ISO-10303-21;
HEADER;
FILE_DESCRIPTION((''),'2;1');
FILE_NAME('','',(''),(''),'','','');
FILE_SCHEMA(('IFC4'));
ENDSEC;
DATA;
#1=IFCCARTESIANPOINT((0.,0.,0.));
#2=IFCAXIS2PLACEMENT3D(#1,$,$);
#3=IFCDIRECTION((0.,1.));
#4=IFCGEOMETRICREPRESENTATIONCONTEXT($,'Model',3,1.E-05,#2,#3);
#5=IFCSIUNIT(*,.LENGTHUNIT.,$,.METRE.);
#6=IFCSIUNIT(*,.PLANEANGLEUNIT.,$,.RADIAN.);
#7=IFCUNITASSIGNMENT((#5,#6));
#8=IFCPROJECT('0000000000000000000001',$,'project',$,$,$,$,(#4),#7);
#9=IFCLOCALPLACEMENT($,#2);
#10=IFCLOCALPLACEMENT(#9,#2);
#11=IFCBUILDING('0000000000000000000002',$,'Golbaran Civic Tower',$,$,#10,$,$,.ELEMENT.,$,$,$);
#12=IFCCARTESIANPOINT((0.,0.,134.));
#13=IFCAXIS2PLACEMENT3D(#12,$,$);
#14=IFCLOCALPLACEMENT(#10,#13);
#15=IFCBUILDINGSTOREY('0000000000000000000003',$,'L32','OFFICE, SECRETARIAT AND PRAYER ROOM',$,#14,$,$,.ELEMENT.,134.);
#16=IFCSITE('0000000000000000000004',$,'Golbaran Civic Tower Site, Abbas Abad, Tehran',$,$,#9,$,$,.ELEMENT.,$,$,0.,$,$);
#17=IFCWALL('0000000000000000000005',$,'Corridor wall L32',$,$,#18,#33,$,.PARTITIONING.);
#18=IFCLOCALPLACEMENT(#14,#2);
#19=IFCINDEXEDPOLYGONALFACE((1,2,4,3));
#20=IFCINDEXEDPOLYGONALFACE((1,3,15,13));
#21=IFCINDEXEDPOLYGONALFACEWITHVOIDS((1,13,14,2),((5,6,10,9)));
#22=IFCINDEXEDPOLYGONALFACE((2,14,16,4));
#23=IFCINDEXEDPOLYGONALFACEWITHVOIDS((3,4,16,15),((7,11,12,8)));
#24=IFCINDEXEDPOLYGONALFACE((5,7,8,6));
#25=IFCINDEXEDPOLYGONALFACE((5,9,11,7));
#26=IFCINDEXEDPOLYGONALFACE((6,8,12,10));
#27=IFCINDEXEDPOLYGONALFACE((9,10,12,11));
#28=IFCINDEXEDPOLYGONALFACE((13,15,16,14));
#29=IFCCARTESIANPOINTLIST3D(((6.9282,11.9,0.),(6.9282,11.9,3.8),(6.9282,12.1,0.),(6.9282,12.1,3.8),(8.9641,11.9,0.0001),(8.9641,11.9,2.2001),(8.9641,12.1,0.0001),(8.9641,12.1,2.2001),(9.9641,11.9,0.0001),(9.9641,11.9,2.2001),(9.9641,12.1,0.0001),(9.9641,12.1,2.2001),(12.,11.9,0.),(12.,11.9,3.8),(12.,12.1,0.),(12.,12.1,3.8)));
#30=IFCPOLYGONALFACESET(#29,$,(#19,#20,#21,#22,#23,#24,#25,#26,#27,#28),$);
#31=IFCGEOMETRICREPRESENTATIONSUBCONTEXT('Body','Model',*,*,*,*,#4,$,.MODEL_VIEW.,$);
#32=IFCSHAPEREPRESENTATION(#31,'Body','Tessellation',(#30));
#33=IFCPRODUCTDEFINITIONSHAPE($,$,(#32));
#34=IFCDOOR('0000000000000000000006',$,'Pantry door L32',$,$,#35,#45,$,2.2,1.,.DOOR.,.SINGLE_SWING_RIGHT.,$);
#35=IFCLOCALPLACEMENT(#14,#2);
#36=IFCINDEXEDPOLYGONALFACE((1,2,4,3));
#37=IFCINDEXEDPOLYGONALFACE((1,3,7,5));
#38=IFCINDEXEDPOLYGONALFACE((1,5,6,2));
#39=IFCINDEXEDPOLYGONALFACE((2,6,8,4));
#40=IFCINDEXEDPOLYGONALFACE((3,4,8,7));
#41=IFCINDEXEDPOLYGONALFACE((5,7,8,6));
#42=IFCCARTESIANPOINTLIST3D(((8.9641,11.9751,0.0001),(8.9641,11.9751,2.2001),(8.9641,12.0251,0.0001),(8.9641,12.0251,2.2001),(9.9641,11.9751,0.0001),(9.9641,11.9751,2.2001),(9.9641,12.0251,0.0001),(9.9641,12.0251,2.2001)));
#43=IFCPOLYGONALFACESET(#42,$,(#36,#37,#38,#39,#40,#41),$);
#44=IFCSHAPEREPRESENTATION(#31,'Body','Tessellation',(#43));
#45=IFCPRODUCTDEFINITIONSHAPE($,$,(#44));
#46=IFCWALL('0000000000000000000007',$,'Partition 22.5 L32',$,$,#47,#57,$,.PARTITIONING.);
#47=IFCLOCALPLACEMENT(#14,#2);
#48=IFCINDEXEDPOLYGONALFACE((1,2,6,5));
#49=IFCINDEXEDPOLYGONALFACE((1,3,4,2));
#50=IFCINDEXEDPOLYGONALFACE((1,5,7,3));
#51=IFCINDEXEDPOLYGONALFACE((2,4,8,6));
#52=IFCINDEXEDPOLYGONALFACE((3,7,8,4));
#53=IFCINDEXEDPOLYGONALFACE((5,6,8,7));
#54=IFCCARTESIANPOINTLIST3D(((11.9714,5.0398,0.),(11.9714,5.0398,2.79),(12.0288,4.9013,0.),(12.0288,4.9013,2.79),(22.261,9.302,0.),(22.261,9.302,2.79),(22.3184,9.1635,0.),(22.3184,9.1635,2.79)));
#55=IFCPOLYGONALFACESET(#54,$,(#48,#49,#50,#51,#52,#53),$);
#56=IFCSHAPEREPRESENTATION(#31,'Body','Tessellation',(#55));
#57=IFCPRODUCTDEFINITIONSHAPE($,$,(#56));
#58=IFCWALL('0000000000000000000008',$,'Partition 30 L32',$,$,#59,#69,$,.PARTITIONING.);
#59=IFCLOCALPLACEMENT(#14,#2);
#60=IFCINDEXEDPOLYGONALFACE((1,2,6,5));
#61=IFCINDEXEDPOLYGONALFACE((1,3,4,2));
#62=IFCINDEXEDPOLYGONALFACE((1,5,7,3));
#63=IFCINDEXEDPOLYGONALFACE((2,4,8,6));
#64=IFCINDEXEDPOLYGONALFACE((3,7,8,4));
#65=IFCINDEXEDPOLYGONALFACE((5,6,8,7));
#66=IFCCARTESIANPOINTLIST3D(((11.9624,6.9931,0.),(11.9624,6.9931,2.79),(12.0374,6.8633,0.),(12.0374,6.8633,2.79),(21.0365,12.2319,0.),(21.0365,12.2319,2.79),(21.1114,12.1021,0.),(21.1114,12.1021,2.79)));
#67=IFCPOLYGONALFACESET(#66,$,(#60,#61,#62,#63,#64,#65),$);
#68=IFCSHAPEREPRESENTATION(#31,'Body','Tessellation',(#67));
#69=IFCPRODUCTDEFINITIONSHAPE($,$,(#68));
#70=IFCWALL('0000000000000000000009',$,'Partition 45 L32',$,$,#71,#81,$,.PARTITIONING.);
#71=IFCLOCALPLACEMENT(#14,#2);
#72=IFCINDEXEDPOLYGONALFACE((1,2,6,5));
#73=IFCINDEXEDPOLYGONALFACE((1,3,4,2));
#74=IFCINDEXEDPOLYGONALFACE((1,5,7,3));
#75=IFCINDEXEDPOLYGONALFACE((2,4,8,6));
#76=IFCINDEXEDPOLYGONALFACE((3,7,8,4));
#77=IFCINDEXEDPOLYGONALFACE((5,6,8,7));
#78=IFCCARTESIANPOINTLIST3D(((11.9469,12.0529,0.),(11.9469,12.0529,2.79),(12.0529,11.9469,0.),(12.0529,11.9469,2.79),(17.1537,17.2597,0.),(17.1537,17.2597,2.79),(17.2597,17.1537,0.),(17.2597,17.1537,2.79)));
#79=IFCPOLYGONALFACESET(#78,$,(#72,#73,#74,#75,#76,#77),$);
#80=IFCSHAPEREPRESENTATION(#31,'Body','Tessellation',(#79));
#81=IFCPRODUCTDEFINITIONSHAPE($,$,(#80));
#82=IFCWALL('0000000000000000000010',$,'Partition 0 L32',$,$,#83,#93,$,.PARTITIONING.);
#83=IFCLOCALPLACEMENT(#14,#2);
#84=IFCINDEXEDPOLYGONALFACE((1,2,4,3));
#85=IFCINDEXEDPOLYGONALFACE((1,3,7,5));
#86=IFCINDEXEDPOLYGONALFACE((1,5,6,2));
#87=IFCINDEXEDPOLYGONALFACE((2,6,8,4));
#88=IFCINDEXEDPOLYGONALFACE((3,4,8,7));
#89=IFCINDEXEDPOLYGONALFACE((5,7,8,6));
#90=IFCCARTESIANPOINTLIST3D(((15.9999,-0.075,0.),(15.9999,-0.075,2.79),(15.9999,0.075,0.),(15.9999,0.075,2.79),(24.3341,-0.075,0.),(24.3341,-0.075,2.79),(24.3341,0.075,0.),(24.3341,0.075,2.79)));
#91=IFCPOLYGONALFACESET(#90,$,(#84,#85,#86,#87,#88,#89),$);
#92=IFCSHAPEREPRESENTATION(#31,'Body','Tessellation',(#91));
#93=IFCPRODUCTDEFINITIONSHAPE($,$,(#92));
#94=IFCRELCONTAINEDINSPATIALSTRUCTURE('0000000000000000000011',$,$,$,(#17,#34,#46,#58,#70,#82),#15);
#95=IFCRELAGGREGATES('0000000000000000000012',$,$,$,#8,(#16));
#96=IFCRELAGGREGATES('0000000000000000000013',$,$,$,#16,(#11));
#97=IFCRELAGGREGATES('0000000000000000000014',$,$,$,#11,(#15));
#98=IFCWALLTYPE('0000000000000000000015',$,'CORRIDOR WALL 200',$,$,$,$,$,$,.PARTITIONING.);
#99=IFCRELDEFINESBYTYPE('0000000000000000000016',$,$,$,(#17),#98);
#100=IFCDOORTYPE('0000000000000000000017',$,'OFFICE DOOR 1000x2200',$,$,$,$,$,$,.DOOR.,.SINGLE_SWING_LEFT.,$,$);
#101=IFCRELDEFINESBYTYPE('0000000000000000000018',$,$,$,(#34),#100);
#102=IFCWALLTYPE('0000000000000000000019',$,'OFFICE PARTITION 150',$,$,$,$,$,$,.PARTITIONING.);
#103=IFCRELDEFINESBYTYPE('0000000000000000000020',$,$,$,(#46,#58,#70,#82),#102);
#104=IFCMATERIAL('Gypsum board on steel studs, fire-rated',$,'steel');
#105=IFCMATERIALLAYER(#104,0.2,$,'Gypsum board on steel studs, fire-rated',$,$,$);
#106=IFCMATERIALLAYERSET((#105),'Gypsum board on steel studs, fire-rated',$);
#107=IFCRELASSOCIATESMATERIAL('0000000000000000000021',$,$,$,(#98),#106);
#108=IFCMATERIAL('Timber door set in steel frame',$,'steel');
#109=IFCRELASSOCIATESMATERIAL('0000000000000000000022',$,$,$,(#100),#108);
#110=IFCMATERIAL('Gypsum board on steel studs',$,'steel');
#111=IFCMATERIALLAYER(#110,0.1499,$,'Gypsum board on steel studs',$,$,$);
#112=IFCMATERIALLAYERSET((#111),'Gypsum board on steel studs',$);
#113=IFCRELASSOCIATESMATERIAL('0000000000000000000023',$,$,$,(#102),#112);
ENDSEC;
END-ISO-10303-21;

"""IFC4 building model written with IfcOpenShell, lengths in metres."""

from ifc_helpers import new_model, si_unit, direction, frame, frame_2d, origin, place, context, subcontext, project, spatial, rectangle, extrude, material, layer, layer_set, type_object, element, fill, save


model = new_model("IFC4")

# Units and contexts
model_context = context("Model", 3, precision=1e-05, world=origin(), true_north=direction((0.0, 1.0)))
body_context = subcontext(model_context, "Body", "Model", "MODEL_VIEW")
ifc_project = project(units=[si_unit("LENGTHUNIT", "METRE"), si_unit("PLANEANGLEUNIT", "RADIAN")], contexts=[model_context])

# Site, building, storey
site_placement = place(None, origin())
site = spatial("IfcSite", under=ifc_project, at=site_placement, Name="Golbaran Civic Tower Site, Abbas Abad, Tehran", CompositionType="ELEMENT", RefElevation=0.0)
building_placement = place(site_placement, origin())
building = spatial("IfcBuilding", under=site, at=building_placement, Name="Golbaran Civic Tower", CompositionType="ELEMENT")
storey_placement = place(building_placement, frame((0.0, 0.0, 134.0)))
storey = spatial("IfcBuildingStorey", under=building, at=storey_placement, Name="L32", Description="OFFICE, SECRETARIAT AND PRAYER ROOM", CompositionType="ELEMENT", Elevation=134.0)

# Wall, opening, door
ifc_material_1 = material(Name="Gypsum board on steel studs, fire-rated", Category="steel")
ifc_layer_1 = layer(ifc_material_1, 0.2, Name="Gypsum board on steel studs, fire-rated")
ifc_layer_set_1 = layer_set([ifc_layer_1], Name="Gypsum board on steel studs, fire-rated")
wall_type_1 = type_object("IfcWallType", Name="CORRIDOR WALL 200", PredefinedType="PARTITIONING", material=ifc_layer_set_1)
ifc_material_2 = material(Name="Timber door set in steel frame", Category="steel")
door_type = type_object("IfcDoorType", Name="OFFICE DOOR 1000x2200", OperationType="SINGLE_SWING_LEFT", PredefinedType="DOOR", material=ifc_material_2)
wall_1_placement = place(storey_placement, frame((12.0, 12.0, 0.0), z_axis=(0.0, 0.0, 1.0), x_axis=(-1.0, 0.0, 0.0)))
wall_1 = element("IfcWall", 1, at=wall_1_placement, inside=storey, type_object=wall_type_1, Name="Corridor wall L32", PredefinedType="PARTITIONING", context=body_context, shape_type="SweptSolid", body=[
    extrude(rectangle(XDim=5.0718, YDim=0.2, at=frame_2d((2.5359, 0.0))), origin(), (0.0, 0.0, 1.0), 3.8),
])
opening_1_placement = place(wall_1_placement, frame((2.0359, 0.0, 0.0)))
opening_1 = element("IfcOpeningElement", 2, at=opening_1_placement, cuts=wall_1, PredefinedType="OPENING", context=body_context, shape_type="SweptSolid", body=[
    extrude(rectangle(XDim=1.0, YDim=2.2, at=frame_2d((0.5, 1.1001))), frame((0.0, 0.1099, 0.0), z_axis=(0.0, -1.0, 0.0), x_axis=(1.0, 0.0, 0.0)), (0.0, 0.0, 1.0), 0.22),
])
door_1_placement = place(opening_1_placement, origin())
door_1 = element("IfcDoor", 3, at=door_1_placement, inside=storey, type_object=door_type, Name="Pantry door L32", OperationType="SINGLE_SWING_RIGHT", OverallHeight=2.2, OverallWidth=1.0, PredefinedType="DOOR", context=body_context, shape_type="SweptSolid", body=[
    extrude(rectangle(XDim=1.0, YDim=2.2, at=frame_2d((0.5, 1.1001))), frame((0.0, 0.0249, 0.0), z_axis=(0.0, -1.0, 0.0), x_axis=(1.0, 0.0, 0.0)), (0.0, 0.0, 1.0), 0.05),
])
fill(opening_1, door_1)

# Walls
ifc_material_3 = material(Name="Gypsum board on steel studs", Category="steel")
ifc_layer_2 = layer(ifc_material_3, 0.1499, Name="Gypsum board on steel studs")
ifc_layer_set_2 = layer_set([ifc_layer_2], Name="Gypsum board on steel studs")
wall_type_2 = type_object("IfcWallType", Name="OFFICE PARTITION 150", PredefinedType="PARTITIONING", material=ifc_layer_set_2)
wall_2_placement = place(storey_placement, frame((12.0, 4.9705, 0.0), z_axis=(0.0, 0.0, 1.0), x_axis=(0.923875, 0.382694, 0.0)))
element("IfcWall", 4, at=wall_2_placement, inside=storey, type_object=wall_type_2, Name="Partition 22.5 L32", PredefinedType="PARTITIONING", context=body_context, shape_type="SweptSolid", body=[
    extrude(rectangle(XDim=11.1375, YDim=0.1499, at=frame_2d((5.5688, 0.0))), origin(), (0.0, 0.0, 1.0), 2.79),
])
wall_3_placement = place(storey_placement, frame((12.0, 6.9282, 0.0), z_axis=(0.0, 0.0, 1.0), x_axis=(0.866029, 0.499993, 0.0)))
element("IfcWall", 5, at=wall_3_placement, inside=storey, type_object=wall_type_2, Name="Partition 30 L32", PredefinedType="PARTITIONING", context=body_context, shape_type="SweptSolid", body=[
    extrude(rectangle(XDim=10.4778, YDim=0.1499, at=frame_2d((5.2388, 0.0))), origin(), (0.0, 0.0, 1.0), 2.79),
])
wall_4_placement = place(storey_placement, frame((12.0, 12.0, 0.0), z_axis=(0.0, 0.0, 1.0), x_axis=(0.707107, 0.707107, 0.0)))
element("IfcWall", 6, at=wall_4_placement, inside=storey, type_object=wall_type_2, Name="Partition 45 L32", PredefinedType="PARTITIONING", context=body_context, shape_type="SweptSolid", body=[
    extrude(rectangle(XDim=7.3635, YDim=0.1499, at=frame_2d((3.6816, 0.0))), origin(), (0.0, 0.0, 1.0), 2.79),
])
wall_5_placement = place(storey_placement, frame((16.0, 0.0, 0.0), z_axis=(0.0, 0.0, 1.0), x_axis=(1.0, 0.0, 0.0)))
element("IfcWall", 7, at=wall_5_placement, inside=storey, type_object=wall_type_2, Name="Partition 0 L32", PredefinedType="PARTITIONING", context=body_context, shape_type="SweptSolid", body=[
    extrude(rectangle(XDim=8.3342, YDim=0.1499, at=frame_2d((4.167, 0.0))), origin(), (0.0, 0.0, 1.0), 2.79),
])

save(model, "model.ifc")
